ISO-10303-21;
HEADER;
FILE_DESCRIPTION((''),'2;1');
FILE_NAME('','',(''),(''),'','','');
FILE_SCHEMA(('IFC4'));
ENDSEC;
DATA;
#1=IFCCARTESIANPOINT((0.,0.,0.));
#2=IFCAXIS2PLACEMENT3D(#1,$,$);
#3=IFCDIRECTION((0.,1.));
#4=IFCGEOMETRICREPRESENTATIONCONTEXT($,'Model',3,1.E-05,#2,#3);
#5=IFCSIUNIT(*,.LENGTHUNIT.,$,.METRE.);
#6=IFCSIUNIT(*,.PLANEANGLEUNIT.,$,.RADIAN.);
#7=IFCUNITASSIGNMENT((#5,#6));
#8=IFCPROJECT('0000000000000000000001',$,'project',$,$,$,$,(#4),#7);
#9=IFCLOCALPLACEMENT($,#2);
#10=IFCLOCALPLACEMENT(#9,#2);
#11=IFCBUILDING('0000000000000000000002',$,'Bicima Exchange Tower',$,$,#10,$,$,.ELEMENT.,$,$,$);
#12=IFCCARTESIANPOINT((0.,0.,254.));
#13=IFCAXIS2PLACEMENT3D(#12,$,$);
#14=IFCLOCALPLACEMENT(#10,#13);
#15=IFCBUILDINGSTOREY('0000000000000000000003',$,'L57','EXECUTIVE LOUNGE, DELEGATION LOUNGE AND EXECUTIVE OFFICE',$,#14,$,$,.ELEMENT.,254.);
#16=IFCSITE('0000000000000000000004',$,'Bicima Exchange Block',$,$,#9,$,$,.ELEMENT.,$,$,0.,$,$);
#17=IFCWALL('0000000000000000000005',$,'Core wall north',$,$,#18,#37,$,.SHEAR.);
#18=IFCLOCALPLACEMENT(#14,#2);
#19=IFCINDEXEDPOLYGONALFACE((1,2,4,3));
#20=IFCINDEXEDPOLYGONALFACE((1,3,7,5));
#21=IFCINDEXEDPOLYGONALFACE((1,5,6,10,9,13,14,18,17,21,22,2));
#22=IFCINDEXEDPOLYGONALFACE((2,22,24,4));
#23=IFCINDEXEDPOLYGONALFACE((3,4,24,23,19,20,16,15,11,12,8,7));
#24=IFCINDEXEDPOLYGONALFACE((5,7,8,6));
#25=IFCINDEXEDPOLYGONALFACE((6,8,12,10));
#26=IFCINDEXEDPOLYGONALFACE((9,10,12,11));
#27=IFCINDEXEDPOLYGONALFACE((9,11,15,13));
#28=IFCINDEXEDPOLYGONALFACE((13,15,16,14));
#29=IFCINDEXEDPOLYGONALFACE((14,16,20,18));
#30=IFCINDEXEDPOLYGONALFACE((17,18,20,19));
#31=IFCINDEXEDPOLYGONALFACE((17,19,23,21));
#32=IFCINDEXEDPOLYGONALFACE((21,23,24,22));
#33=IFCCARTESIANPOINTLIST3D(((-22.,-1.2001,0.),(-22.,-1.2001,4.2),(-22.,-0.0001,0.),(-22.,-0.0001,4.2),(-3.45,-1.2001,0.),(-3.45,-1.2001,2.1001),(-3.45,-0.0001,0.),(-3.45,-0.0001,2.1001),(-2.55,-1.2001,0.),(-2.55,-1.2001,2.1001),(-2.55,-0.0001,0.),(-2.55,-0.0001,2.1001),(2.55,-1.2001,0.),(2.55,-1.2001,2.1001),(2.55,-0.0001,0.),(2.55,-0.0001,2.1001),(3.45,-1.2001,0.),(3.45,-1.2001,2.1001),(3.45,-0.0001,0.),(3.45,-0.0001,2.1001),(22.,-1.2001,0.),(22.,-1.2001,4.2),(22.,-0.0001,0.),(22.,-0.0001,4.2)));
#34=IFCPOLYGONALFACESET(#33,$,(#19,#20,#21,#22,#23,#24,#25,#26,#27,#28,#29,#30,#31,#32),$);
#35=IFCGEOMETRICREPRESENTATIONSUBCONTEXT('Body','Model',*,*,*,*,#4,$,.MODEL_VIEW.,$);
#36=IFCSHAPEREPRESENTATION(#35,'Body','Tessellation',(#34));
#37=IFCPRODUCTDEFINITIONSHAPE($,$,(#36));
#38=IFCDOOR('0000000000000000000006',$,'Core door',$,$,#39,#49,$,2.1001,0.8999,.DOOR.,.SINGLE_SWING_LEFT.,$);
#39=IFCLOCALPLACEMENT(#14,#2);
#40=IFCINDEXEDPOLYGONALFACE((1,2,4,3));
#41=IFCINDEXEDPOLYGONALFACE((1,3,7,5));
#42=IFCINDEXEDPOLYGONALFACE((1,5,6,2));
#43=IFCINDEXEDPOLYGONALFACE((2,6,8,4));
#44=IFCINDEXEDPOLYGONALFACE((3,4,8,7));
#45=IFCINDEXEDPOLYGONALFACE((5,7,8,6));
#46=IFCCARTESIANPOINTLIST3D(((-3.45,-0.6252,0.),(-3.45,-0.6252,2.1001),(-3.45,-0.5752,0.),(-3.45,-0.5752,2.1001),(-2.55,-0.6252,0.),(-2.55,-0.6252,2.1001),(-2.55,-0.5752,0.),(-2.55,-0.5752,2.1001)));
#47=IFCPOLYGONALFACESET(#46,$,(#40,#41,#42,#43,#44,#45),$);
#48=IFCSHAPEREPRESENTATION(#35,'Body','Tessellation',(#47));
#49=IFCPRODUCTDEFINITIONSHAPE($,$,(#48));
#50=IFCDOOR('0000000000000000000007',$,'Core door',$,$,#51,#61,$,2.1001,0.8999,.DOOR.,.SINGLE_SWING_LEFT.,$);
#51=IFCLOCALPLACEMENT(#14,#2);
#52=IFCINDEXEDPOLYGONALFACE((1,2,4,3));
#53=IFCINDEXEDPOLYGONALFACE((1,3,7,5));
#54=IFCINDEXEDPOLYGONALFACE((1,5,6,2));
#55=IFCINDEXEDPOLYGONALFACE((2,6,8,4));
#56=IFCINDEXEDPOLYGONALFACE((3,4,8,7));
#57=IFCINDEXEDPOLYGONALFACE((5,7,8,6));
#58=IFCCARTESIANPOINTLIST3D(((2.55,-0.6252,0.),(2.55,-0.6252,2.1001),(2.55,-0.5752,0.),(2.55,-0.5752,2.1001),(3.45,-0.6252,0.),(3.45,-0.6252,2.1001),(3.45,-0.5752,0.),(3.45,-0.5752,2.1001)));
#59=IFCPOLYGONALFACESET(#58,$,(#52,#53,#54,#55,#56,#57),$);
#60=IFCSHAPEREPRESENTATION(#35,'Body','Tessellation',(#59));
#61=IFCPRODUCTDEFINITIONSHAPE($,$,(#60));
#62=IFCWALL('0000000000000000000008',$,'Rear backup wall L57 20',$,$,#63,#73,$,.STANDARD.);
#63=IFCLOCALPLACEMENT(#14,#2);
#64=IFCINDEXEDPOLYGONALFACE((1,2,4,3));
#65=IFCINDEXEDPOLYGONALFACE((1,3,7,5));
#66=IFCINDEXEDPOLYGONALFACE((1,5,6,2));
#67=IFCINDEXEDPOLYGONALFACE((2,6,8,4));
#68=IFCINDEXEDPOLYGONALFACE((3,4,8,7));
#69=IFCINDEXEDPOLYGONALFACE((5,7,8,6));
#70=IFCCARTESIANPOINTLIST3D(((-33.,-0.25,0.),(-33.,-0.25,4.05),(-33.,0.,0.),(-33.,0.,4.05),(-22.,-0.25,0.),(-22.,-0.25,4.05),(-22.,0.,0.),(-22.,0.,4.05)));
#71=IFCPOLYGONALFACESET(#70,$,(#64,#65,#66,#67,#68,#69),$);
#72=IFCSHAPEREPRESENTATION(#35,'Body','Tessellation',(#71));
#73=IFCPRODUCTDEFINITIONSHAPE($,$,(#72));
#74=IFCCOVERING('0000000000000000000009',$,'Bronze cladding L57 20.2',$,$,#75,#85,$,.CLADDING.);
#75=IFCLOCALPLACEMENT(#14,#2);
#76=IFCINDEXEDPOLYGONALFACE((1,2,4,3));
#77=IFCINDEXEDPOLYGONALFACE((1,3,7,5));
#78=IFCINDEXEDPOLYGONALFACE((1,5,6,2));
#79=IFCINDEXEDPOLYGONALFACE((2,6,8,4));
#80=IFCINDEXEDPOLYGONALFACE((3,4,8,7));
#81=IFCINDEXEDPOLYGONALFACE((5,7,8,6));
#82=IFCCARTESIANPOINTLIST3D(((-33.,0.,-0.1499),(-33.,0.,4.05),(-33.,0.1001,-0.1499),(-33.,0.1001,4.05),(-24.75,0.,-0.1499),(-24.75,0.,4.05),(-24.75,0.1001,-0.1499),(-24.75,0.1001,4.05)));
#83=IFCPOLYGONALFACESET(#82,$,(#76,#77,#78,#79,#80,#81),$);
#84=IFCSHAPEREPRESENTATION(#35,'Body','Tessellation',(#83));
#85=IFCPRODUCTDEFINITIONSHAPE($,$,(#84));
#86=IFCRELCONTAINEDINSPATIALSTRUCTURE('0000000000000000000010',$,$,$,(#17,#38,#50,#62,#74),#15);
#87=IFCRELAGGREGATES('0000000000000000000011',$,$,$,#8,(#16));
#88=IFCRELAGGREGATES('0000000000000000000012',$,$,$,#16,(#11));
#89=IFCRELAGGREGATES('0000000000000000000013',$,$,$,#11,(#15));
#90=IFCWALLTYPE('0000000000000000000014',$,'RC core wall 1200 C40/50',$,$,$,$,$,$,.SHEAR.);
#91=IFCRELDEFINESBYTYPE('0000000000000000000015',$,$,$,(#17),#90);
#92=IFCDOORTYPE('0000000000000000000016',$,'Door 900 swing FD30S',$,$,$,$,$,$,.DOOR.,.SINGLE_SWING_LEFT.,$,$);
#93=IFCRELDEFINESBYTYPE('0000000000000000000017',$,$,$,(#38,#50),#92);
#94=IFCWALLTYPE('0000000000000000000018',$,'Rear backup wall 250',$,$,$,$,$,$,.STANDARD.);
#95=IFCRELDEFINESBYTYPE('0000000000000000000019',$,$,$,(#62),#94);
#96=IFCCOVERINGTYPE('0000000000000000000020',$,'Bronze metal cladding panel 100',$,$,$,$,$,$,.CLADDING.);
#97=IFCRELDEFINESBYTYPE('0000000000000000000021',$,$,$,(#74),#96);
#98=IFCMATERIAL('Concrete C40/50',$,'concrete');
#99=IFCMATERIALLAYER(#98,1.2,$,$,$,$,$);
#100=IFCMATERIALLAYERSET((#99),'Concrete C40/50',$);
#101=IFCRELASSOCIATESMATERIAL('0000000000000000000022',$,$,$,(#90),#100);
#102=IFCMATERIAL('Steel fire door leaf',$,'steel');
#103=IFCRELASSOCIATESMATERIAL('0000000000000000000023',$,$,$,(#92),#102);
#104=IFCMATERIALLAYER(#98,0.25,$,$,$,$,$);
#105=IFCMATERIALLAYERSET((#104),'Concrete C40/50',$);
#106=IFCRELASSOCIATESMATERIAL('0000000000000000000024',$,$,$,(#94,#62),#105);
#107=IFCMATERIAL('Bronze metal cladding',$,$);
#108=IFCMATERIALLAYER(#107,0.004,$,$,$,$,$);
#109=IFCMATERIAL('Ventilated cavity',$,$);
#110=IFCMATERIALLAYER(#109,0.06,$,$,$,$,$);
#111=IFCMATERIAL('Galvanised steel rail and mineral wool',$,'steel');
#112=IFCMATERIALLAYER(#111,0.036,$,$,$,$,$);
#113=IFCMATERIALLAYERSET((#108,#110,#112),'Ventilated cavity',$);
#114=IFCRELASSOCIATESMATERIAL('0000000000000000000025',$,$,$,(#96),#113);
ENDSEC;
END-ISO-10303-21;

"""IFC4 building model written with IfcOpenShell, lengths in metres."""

from ifc_helpers import new_model, si_unit, direction, frame, frame_2d, origin, origin_2d, place, context, subcontext, project, spatial, rectangle, extrude, material, layer, layer_set, layer_usage, type_object, element, fill, save


model = new_model("IFC4")

# Units and contexts
model_context = context("Model", 3, precision=1e-05, world=origin(), true_north=direction((0.0, 1.0)))
body_context = subcontext(model_context, "Body", "Model", "MODEL_VIEW")
ifc_project = project(units=[si_unit("LENGTHUNIT", "METRE"), si_unit("PLANEANGLEUNIT", "RADIAN")], contexts=[model_context])

# Site, building, storey
site_placement = place(None, origin())
site = spatial("IfcSite", under=ifc_project, at=site_placement, Name="Bicima Exchange Block", CompositionType="ELEMENT", RefElevation=0.0)
building_placement = place(site_placement, origin())
building = spatial("IfcBuilding", under=site, at=building_placement, Name="Bicima Exchange Tower", CompositionType="ELEMENT")
storey_placement = place(building_placement, frame((0.0, 0.0, 254.0)))
storey = spatial("IfcBuildingStorey", under=building, at=storey_placement, Name="L57", Description="EXECUTIVE LOUNGE, DELEGATION LOUNGE AND EXECUTIVE OFFICE", CompositionType="ELEMENT", Elevation=254.0)

# Wall, openings, doors
ifc_material_1 = material(Name="Concrete C40/50", Category="concrete")
ifc_layer_1 = layer(ifc_material_1, 1.2)
ifc_layer_set_1 = layer_set([ifc_layer_1], Name="Concrete C40/50")
wall_type_1 = type_object("IfcWallType", Name="RC core wall 1200 C40/50", PredefinedType="SHEAR", material=ifc_layer_set_1)
wall_1_placement = place(storey_placement, frame((-22.0, -0.6001, 0.0), z_axis=(0.0, 0.0, 1.0), x_axis=(1.0, 0.0, 0.0)))
wall_1 = element("IfcWall", 1, at=wall_1_placement, inside=storey, type_object=wall_type_1, Name="Core wall north", PredefinedType="SHEAR", context=body_context, shape_type="SweptSolid", body=[
    extrude(rectangle(XDim=44.0, YDim=1.2, at=frame_2d((22.0, 0.0))), origin(), (0.0, 0.0, 1.0), 4.2),
])
opening_1_placement = place(wall_1_placement, frame((18.55, 0.0, 0.0)))
opening_1 = element("IfcOpeningElement", 2, at=opening_1_placement, cuts=wall_1, PredefinedType="OPENING", context=body_context, shape_type="SweptSolid", body=[
    extrude(rectangle(XDim=0.8999, YDim=2.1001, at=frame_2d((0.45, 1.05))), frame((0.0, 0.6118, 0.0), z_axis=(0.0, -1.0, 0.0), x_axis=(1.0, 0.0, 0.0)), (0.0, 0.0, 1.0), 1.2239),
])
opening_2_placement = place(wall_1_placement, frame((24.55, 0.0, 0.0)))
opening_2 = element("IfcOpeningElement", 3, at=opening_2_placement, cuts=wall_1, PredefinedType="OPENING", context=body_context, shape_type="SweptSolid", body=[
    extrude(rectangle(XDim=0.8999, YDim=2.1001, at=frame_2d((0.45, 1.05))), frame((0.0, 0.6118, 0.0), z_axis=(0.0, -1.0, 0.0), x_axis=(1.0, 0.0, 0.0)), (0.0, 0.0, 1.0), 1.2239),
])
ifc_material_2 = material(Name="Steel fire door leaf", Category="steel")
door_type = type_object("IfcDoorType", Name="Door 900 swing FD30S", OperationType="SINGLE_SWING_LEFT", PredefinedType="DOOR", material=ifc_material_2)
door_1_placement = place(opening_1_placement, origin())
door_1 = element("IfcDoor", 4, at=door_1_placement, inside=storey, type_object=door_type, Name="Core door", OperationType="SINGLE_SWING_LEFT", OverallHeight=2.1001, OverallWidth=0.8999, PredefinedType="DOOR", context=body_context, shape_type="SweptSolid", body=[
    extrude(rectangle(XDim=0.8999, YDim=2.1001, at=frame_2d((0.45, 1.05))), frame((0.0, 0.0249, 0.0), z_axis=(0.0, -1.0, 0.0), x_axis=(1.0, 0.0, 0.0)), (0.0, 0.0, 1.0), 0.05),
])
fill(opening_1, door_1)
door_2_placement = place(opening_2_placement, origin())
door_2 = element("IfcDoor", 5, at=door_2_placement, inside=storey, type_object=door_type, Name="Core door", OperationType="SINGLE_SWING_LEFT", OverallHeight=2.1001, OverallWidth=0.8999, PredefinedType="DOOR", context=body_context, shape_type="SweptSolid", body=[
    extrude(rectangle(XDim=0.8999, YDim=2.1001, at=frame_2d((0.45, 1.05))), frame((0.0, 0.0249, 0.0), z_axis=(0.0, -1.0, 0.0), x_axis=(1.0, 0.0, 0.0)), (0.0, 0.0, 1.0), 0.05),
])
fill(opening_2, door_2)

# Wall
ifc_layer_2 = layer(ifc_material_1, 0.25)
ifc_layer_set_2 = layer_set([ifc_layer_2], Name="Concrete C40/50")
ifc_layer_usage = layer_usage(ifc_layer_set_2, "AXIS2", "POSITIVE", -0.125)
wall_type_2 = type_object("IfcWallType", Name="Rear backup wall 250", PredefinedType="STANDARD", material=ifc_layer_set_2)
wall_2_placement = place(storey_placement, frame((-22.0, -0.125, 0.0), z_axis=(0.0, 0.0, 1.0), x_axis=(-1.0, 0.0, 0.0)))
element("IfcWall", 6, at=wall_2_placement, inside=storey, type_object=wall_type_2, material=ifc_layer_usage, Name="Rear backup wall L57 20", PredefinedType="STANDARD", context=body_context, shape_type="SweptSolid", body=[
    extrude(rectangle(XDim=11.0, YDim=0.25, at=frame_2d((5.5, 0.0))), origin(), (0.0, 0.0, 1.0), 4.05),
])

# Covering
ifc_material_3 = material(Name="Bronze metal cladding")
ifc_layer_3 = layer(ifc_material_3, 0.004)
ifc_material_4 = material(Name="Ventilated cavity")
ifc_layer_4 = layer(ifc_material_4, 0.06)
ifc_material_5 = material(Name="Galvanised steel rail and mineral wool", Category="steel")
ifc_layer_5 = layer(ifc_material_5, 0.036)
ifc_layer_set_3 = layer_set([ifc_layer_3, ifc_layer_4, ifc_layer_5], Name="Ventilated cavity")
covering_type = type_object("IfcCoveringType", Name="Bronze metal cladding panel 100", PredefinedType="CLADDING", material=ifc_layer_set_3)
covering_placement = place(storey_placement, frame((-28.875, 0.05, -0.1499), z_axis=(0.0, 0.0, 1.0), x_axis=(-1.0, 0.0, 0.0)))
element("IfcCovering", 7, at=covering_placement, inside=storey, type_object=covering_type, Name="Bronze cladding L57 20.2", PredefinedType="CLADDING", context=body_context, shape_type="SweptSolid", body=[
    extrude(rectangle(XDim=8.25, YDim=0.1001, at=origin_2d()), origin(), (0.0, 0.0, 1.0), 4.2),
])

save(model, "model.ifc")
